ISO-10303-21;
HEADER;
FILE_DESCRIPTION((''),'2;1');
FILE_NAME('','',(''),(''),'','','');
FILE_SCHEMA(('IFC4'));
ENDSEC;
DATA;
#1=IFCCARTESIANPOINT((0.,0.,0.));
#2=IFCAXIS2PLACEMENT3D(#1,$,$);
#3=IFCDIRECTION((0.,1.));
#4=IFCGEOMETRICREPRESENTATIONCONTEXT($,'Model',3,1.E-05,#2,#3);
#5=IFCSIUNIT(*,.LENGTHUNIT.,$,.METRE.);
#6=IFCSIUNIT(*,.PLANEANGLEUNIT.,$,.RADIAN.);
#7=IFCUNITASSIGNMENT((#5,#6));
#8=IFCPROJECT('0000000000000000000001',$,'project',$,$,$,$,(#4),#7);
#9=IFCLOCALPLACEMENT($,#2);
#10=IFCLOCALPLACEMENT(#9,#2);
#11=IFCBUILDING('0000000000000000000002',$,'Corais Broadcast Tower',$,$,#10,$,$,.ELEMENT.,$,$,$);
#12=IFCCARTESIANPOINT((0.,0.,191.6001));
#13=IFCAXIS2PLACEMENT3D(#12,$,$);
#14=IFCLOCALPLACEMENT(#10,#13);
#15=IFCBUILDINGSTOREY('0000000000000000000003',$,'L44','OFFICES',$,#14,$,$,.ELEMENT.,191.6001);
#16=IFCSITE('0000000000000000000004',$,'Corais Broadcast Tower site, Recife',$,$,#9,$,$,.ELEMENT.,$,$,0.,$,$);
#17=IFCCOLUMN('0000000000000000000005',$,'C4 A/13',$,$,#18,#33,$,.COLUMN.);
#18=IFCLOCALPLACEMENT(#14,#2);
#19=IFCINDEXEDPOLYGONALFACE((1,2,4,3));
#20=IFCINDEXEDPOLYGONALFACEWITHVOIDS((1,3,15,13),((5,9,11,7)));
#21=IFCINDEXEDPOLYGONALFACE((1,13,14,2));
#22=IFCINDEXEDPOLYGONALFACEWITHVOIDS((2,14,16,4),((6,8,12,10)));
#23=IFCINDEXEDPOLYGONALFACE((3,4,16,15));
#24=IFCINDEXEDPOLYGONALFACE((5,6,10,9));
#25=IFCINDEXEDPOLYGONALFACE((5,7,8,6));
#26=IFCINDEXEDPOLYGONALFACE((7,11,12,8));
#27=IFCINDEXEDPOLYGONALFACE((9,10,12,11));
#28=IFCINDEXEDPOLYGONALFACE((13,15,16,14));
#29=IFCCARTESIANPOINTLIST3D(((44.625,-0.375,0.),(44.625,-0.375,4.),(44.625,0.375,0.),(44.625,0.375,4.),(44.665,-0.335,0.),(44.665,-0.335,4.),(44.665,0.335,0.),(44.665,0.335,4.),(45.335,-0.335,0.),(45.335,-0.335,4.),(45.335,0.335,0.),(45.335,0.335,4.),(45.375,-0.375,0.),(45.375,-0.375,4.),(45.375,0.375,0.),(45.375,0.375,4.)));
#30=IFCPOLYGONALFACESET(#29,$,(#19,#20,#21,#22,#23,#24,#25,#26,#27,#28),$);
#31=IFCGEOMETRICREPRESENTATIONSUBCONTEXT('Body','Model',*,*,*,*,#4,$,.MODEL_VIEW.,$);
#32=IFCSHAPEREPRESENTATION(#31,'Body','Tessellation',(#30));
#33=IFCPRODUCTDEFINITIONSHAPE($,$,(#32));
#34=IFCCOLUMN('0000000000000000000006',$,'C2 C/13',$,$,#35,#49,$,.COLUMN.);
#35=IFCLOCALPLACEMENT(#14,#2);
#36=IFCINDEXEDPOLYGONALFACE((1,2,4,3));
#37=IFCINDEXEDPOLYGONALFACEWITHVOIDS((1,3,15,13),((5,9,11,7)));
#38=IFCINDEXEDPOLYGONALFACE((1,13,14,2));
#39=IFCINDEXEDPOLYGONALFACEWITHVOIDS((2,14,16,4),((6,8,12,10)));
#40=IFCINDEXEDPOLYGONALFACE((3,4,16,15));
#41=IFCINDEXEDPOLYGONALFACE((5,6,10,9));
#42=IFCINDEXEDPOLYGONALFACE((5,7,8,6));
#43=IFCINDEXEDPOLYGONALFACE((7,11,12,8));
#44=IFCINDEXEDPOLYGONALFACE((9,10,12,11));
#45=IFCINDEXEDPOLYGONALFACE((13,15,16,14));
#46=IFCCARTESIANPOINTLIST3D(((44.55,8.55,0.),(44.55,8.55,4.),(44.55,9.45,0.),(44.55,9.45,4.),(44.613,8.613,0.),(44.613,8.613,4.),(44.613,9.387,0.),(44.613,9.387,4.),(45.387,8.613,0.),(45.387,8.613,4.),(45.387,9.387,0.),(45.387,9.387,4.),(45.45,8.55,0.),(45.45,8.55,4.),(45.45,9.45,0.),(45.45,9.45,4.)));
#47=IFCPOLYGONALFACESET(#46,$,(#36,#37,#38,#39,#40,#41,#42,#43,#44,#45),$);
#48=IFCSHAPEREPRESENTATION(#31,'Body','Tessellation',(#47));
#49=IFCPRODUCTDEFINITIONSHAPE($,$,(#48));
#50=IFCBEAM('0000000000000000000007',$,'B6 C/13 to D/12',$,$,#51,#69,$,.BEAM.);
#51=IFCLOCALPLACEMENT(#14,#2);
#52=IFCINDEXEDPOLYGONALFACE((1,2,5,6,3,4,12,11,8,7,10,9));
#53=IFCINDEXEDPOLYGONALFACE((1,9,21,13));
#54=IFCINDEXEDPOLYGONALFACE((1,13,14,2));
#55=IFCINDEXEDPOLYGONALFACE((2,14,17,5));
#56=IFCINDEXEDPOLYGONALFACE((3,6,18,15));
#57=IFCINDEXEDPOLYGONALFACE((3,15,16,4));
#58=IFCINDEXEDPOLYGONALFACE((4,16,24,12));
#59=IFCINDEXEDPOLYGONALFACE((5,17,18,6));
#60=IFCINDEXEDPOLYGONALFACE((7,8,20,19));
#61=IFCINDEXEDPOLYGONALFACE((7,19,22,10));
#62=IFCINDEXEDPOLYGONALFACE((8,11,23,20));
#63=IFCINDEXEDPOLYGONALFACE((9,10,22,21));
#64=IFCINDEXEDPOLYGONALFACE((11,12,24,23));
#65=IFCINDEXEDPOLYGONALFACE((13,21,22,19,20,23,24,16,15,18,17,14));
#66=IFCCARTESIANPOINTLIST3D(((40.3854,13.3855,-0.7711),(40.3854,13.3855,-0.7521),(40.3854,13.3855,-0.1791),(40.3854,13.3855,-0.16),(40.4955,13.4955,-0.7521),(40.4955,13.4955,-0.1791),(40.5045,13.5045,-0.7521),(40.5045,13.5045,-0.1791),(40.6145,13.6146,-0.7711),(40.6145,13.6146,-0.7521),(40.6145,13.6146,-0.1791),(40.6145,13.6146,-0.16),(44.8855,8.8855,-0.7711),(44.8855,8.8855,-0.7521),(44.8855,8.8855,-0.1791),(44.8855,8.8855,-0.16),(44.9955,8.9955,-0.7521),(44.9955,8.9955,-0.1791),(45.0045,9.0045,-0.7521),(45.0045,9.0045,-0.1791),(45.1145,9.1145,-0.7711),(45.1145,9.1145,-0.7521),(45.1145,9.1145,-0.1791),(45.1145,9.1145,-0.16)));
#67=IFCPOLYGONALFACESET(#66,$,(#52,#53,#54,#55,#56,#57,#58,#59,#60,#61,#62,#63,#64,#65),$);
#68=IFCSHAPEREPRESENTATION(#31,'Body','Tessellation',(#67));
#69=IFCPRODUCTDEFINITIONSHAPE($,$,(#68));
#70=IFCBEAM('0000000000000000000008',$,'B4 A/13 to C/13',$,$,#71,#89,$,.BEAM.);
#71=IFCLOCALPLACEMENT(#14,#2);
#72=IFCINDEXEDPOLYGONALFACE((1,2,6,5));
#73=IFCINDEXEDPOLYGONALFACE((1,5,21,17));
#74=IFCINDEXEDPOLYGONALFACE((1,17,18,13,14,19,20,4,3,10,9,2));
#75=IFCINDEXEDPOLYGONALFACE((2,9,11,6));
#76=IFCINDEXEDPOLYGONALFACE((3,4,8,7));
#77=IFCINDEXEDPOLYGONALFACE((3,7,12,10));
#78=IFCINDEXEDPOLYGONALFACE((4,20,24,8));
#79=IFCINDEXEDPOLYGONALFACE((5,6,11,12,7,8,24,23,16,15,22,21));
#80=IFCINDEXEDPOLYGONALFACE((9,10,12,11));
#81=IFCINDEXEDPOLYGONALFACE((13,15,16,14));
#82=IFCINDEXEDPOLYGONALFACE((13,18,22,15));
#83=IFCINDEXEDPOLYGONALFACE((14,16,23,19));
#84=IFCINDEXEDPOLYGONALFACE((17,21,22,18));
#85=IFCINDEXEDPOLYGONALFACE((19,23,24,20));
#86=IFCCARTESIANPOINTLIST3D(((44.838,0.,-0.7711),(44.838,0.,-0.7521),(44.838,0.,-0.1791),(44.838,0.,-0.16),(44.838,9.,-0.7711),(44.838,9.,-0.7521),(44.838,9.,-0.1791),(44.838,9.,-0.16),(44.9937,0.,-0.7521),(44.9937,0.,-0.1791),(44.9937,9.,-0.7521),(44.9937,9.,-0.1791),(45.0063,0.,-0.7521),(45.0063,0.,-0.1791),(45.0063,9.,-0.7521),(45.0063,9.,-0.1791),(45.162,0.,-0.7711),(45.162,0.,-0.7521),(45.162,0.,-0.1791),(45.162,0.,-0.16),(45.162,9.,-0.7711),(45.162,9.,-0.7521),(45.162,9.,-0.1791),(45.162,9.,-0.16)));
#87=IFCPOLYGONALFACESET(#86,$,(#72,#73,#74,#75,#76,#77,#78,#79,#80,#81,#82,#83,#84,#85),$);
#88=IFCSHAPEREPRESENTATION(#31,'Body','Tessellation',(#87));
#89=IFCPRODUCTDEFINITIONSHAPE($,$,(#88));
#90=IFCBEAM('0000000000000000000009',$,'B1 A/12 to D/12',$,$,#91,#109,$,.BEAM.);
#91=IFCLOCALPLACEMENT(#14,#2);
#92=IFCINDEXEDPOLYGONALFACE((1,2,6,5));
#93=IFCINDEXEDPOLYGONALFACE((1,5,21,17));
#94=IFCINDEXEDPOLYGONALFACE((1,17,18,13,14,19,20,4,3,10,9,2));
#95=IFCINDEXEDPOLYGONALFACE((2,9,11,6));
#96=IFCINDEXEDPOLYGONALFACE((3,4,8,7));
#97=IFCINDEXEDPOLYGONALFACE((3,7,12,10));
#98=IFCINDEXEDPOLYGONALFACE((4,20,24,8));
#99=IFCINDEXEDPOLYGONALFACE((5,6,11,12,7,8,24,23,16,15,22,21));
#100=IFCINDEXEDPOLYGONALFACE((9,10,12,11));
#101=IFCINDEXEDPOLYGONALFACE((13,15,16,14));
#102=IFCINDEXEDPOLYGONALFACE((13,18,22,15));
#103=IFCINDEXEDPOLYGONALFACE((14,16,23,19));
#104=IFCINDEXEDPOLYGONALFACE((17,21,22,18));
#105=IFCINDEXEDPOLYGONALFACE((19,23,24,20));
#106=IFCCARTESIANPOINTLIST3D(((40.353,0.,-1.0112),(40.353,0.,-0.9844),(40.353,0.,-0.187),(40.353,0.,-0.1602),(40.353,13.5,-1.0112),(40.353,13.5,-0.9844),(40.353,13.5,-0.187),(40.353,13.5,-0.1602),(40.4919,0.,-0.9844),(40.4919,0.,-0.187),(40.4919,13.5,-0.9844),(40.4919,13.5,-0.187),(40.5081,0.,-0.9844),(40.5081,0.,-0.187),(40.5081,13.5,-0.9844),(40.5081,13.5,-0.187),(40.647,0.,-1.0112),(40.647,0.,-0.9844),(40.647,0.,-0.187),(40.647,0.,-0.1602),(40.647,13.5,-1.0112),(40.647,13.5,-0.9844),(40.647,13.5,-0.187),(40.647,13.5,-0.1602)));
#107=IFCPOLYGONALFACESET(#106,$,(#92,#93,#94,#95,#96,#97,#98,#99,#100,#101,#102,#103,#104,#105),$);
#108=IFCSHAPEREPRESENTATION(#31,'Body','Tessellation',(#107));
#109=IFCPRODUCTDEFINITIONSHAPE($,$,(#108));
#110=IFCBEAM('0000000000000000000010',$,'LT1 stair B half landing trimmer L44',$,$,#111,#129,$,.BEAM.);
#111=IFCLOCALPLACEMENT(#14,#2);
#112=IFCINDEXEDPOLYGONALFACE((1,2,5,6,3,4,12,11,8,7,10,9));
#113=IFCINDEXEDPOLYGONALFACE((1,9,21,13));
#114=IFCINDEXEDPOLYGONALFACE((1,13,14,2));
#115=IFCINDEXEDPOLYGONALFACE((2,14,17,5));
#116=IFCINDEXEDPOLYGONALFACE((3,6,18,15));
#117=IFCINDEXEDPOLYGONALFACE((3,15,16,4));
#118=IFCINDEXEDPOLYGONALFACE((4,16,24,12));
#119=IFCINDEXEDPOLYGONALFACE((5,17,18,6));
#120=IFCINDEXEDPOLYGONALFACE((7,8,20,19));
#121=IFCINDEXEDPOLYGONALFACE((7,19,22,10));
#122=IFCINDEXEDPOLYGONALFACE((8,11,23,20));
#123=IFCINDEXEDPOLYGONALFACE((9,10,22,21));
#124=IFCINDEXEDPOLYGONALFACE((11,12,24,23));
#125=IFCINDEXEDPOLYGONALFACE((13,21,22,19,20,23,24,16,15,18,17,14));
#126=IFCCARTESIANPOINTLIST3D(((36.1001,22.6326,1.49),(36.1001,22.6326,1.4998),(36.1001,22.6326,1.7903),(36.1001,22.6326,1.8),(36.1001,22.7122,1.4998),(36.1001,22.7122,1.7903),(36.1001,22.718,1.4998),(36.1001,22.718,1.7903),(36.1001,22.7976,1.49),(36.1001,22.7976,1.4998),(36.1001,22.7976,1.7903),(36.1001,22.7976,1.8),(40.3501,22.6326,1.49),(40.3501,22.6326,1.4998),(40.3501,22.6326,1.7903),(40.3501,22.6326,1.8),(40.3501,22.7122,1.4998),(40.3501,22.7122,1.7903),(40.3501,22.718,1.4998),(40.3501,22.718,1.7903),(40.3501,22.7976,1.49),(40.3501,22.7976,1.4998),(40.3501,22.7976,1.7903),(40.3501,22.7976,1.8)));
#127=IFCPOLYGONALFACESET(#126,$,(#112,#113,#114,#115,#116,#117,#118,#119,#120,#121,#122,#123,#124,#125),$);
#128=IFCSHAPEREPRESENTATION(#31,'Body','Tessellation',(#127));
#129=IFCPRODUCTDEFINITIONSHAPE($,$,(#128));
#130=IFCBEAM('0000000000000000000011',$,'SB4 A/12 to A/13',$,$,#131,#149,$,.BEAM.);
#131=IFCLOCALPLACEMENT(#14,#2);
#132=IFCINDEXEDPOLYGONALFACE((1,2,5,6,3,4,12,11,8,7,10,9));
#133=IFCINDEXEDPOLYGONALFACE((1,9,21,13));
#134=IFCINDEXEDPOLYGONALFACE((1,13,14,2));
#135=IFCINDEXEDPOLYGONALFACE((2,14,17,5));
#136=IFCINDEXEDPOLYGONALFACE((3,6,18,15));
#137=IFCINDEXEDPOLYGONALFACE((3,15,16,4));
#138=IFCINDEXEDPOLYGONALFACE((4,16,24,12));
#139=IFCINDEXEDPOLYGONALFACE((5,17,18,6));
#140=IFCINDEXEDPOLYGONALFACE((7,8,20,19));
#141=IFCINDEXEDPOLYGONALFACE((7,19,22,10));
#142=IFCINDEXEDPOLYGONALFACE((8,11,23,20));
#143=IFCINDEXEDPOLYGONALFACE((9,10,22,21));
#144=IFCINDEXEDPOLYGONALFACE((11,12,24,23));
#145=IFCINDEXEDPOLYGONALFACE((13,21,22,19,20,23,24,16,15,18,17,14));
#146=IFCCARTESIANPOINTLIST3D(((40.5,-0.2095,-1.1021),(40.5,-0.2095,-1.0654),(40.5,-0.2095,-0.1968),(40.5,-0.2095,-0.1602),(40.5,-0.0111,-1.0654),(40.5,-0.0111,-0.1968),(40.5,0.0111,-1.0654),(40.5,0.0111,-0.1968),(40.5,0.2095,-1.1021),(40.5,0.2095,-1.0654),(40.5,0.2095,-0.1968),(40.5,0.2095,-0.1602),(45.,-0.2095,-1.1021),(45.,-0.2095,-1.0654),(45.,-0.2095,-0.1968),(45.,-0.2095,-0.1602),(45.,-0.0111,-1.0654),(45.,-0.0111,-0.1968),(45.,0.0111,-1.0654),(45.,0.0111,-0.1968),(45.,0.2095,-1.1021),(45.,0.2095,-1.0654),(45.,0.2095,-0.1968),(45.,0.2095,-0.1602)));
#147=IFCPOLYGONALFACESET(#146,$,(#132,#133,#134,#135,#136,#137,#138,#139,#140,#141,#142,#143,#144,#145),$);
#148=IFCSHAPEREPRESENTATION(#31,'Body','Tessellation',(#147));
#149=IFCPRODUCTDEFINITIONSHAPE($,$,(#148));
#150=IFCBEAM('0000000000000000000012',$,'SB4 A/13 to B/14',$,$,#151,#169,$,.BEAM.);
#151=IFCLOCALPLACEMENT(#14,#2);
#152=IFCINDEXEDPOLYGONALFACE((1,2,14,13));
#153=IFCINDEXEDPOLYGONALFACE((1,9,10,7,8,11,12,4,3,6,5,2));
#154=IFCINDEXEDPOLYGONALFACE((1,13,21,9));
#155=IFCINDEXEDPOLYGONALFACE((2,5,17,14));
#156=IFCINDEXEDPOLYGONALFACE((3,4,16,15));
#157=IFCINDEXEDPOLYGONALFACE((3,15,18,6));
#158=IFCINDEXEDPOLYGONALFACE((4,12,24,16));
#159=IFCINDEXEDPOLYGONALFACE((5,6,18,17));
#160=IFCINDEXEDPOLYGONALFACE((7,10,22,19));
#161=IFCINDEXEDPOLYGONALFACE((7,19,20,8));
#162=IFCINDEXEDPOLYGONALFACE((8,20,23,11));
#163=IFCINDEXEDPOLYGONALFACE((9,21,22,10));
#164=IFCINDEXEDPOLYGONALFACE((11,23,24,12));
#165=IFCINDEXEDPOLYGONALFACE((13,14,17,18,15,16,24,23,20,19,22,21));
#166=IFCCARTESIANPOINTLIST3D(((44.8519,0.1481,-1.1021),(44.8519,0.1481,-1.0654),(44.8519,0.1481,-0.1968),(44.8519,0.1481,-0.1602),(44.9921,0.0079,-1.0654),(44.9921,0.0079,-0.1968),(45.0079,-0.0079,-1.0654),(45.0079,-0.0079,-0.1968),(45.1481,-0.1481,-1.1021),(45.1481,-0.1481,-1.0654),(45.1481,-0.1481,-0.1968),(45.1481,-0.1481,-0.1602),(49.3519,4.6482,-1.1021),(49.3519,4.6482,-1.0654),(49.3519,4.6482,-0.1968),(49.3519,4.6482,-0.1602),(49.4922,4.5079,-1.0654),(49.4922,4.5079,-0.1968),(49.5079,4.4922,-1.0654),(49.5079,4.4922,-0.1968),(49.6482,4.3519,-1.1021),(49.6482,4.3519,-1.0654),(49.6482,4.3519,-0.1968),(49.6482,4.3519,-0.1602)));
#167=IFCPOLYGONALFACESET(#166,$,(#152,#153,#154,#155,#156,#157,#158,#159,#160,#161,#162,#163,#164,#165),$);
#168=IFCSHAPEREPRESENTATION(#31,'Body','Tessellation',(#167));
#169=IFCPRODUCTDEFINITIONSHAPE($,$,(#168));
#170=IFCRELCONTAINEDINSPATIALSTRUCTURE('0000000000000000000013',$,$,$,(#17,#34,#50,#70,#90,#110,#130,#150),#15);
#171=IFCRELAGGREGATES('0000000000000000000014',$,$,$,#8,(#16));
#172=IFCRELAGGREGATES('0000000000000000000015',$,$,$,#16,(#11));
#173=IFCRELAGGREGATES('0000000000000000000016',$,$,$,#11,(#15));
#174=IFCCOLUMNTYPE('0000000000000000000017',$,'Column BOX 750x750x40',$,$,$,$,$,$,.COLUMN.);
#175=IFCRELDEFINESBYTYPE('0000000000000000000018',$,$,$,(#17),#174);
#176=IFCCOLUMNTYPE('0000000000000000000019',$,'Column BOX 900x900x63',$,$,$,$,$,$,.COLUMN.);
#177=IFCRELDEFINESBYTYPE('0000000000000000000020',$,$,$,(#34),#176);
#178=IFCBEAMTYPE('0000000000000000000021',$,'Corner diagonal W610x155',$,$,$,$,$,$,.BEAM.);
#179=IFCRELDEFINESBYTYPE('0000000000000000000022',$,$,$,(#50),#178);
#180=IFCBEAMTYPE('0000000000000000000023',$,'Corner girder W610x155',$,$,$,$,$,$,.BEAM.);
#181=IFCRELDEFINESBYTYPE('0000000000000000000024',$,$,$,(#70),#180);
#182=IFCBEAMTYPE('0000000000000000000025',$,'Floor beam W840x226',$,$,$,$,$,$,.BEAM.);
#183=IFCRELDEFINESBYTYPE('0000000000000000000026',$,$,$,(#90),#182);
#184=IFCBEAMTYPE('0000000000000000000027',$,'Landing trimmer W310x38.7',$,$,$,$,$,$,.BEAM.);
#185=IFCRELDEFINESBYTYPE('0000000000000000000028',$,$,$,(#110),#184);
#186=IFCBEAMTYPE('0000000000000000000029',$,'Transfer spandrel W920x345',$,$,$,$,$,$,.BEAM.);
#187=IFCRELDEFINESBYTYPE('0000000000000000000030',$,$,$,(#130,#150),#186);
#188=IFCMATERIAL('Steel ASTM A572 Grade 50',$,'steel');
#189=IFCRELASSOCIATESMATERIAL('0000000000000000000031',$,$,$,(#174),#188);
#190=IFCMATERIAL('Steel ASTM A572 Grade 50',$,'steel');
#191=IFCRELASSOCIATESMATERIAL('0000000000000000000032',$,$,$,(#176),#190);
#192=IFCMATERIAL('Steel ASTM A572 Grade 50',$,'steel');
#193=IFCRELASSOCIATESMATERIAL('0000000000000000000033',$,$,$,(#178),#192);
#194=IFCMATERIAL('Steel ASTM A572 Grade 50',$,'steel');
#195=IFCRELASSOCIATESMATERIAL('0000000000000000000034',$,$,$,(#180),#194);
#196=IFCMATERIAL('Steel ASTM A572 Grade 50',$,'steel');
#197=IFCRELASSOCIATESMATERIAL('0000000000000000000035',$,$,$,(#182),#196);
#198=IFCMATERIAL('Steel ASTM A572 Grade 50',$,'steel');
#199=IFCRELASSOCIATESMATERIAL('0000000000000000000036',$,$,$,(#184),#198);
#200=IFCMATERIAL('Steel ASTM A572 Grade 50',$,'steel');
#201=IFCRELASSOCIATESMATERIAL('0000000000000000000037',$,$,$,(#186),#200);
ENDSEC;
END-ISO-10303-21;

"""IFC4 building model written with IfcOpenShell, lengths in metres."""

from ifc_helpers import new_model, si_unit, direction, frame, origin, origin_2d, place, context, subcontext, project, spatial, hollow_rectangle, i_section, extrude, material, material_profile, profile_set, type_object, element, save


model = new_model("IFC4")

# Units and contexts
model_context = context("Model", 3, precision=1e-05, world=origin(), true_north=direction((0.0, 1.0)))
body_context = subcontext(model_context, "Body", "Model", "MODEL_VIEW")
ifc_project = project(units=[si_unit("LENGTHUNIT", "METRE"), si_unit("PLANEANGLEUNIT", "RADIAN")], contexts=[model_context])

# Site, building, storey
site_placement = place(None, origin())
site = spatial("IfcSite", under=ifc_project, at=site_placement, Name="Corais Broadcast Tower site, Recife", CompositionType="ELEMENT", RefElevation=0.0)
building_placement = place(site_placement, origin())
building = spatial("IfcBuilding", under=site, at=building_placement, Name="Corais Broadcast Tower", CompositionType="ELEMENT")
storey_placement = place(building_placement, frame((0.0, 0.0, 191.6001)))
storey = spatial("IfcBuildingStorey", under=building, at=storey_placement, Name="L44", Description="OFFICES", CompositionType="ELEMENT", Elevation=191.6001)

# Columns
ifc_material_1 = material(Name="Steel ASTM A572 Grade 50", Category="steel")
ifc_material_profile_1 = material_profile(ifc_material_1, hollow_rectangle(XDim=0.75, YDim=0.75, WallThickness=0.04, at=origin_2d()), Name="BOX 750x750x40")
ifc_profile_set_1 = profile_set([ifc_material_profile_1], Name="Steel ASTM A572 Grade 50")
column_type_1 = type_object("IfcColumnType", Name="Column BOX 750x750x40", PredefinedType="COLUMN", material=ifc_profile_set_1)
column_1_placement = place(storey_placement, frame((45.0, 0.0, 0.0), z_axis=(0.0, 0.0, 1.0), x_axis=(1.0, 0.0, 0.0)))
element("IfcColumn", 1, at=column_1_placement, inside=storey, type_object=column_type_1, Name="C4 A/13", PredefinedType="COLUMN", context=body_context, shape_type="SweptSolid", body=[
    extrude(hollow_rectangle(XDim=0.75, YDim=0.75, WallThickness=0.04, at=origin_2d()), origin(), (0.0, 0.0, 1.0), 4.0),
])
ifc_material_2 = material(Name="Steel ASTM A572 Grade 50", Category="steel")
ifc_material_profile_2 = material_profile(ifc_material_2, hollow_rectangle(XDim=0.8999, YDim=0.8999, WallThickness=0.063, at=origin_2d()), Name="BOX 900x900x63")
ifc_profile_set_2 = profile_set([ifc_material_profile_2], Name="Steel ASTM A572 Grade 50")
column_type_2 = type_object("IfcColumnType", Name="Column BOX 900x900x63", PredefinedType="COLUMN", material=ifc_profile_set_2)
column_2_placement = place(storey_placement, frame((45.0, 9.0, 0.0), z_axis=(0.0, 0.0, 1.0), x_axis=(1.0, 0.0, 0.0)))
element("IfcColumn", 2, at=column_2_placement, inside=storey, type_object=column_type_2, Name="C2 C/13", PredefinedType="COLUMN", context=body_context, shape_type="SweptSolid", body=[
    extrude(hollow_rectangle(XDim=0.8999, YDim=0.8999, WallThickness=0.063, at=origin_2d()), origin(), (0.0, 0.0, 1.0), 4.0),
])

# Beams
ifc_material_3 = material(Name="Steel ASTM A572 Grade 50", Category="steel")
ifc_material_profile_3 = material_profile(ifc_material_3, i_section(OverallWidth=0.324, OverallDepth=0.6111, WebThickness=0.0127, FlangeThickness=0.019, at=origin_2d()), Name="W610x155")
ifc_profile_set_3 = profile_set([ifc_material_profile_3], Name="Steel ASTM A572 Grade 50")
beam_type_1 = type_object("IfcBeamType", Name="Corner diagonal W610x155", PredefinedType="BEAM", material=ifc_profile_set_3)
beam_1_placement = place(storey_placement, frame((45.0, 9.0, -0.4656), z_axis=(-0.707107, 0.707107, 0.0), x_axis=(-0.707107, -0.707107, 0.0)))
element("IfcBeam", 3, at=beam_1_placement, inside=storey, type_object=beam_type_1, Name="B6 C/13 to D/12", PredefinedType="BEAM", context=body_context, shape_type="SweptSolid", body=[
    extrude(i_section(OverallWidth=0.324, OverallDepth=0.6111, WebThickness=0.0127, FlangeThickness=0.019, at=origin_2d()), origin(), (0.0, 0.0, 1.0), 6.364),
])
ifc_material_4 = material(Name="Steel ASTM A572 Grade 50", Category="steel")
ifc_material_profile_4 = material_profile(ifc_material_4, i_section(OverallWidth=0.324, OverallDepth=0.6111, WebThickness=0.0127, FlangeThickness=0.019, at=origin_2d()), Name="W610x155")
ifc_profile_set_4 = profile_set([ifc_material_profile_4], Name="Steel ASTM A572 Grade 50")
beam_type_2 = type_object("IfcBeamType", Name="Corner girder W610x155", PredefinedType="BEAM", material=ifc_profile_set_4)
beam_2_placement = place(storey_placement, frame((45.0, 0.0, -0.4656), z_axis=(0.0, 1.0, 0.0), x_axis=(-1.0, 0.0, 0.0)))
element("IfcBeam", 4, at=beam_2_placement, inside=storey, type_object=beam_type_2, Name="B4 A/13 to C/13", PredefinedType="BEAM", context=body_context, shape_type="SweptSolid", body=[
    extrude(i_section(OverallWidth=0.324, OverallDepth=0.6111, WebThickness=0.0127, FlangeThickness=0.019, at=origin_2d()), origin(), (0.0, 0.0, 1.0), 9.0),
])
ifc_material_5 = material(Name="Steel ASTM A572 Grade 50", Category="steel")
ifc_material_profile_5 = material_profile(ifc_material_5, i_section(OverallWidth=0.2939, OverallDepth=0.8511, WebThickness=0.0161, FlangeThickness=0.0269, at=origin_2d()), Name="W840x226")
ifc_profile_set_5 = profile_set([ifc_material_profile_5], Name="Steel ASTM A572 Grade 50")
beam_type_3 = type_object("IfcBeamType", Name="Floor beam W840x226", PredefinedType="BEAM", material=ifc_profile_set_5)
beam_3_placement = place(storey_placement, frame((40.5, 0.0, -0.5857), z_axis=(0.0, 1.0, 0.0), x_axis=(-1.0, 0.0, 0.0)))
element("IfcBeam", 5, at=beam_3_placement, inside=storey, type_object=beam_type_3, Name="B1 A/12 to D/12", PredefinedType="BEAM", context=body_context, shape_type="SweptSolid", body=[
    extrude(i_section(OverallWidth=0.2939, OverallDepth=0.8511, WebThickness=0.0161, FlangeThickness=0.0269, at=origin_2d()), origin(), (0.0, 0.0, 1.0), 13.5),
])
ifc_material_6 = material(Name="Steel ASTM A572 Grade 50", Category="steel")
ifc_material_profile_6 = material_profile(ifc_material_6, i_section(OverallWidth=0.165, OverallDepth=0.3101, WebThickness=0.0059, FlangeThickness=0.0098, at=origin_2d()), Name="W310x38.7")
ifc_profile_set_6 = profile_set([ifc_material_profile_6], Name="Steel ASTM A572 Grade 50")
beam_type_4 = type_object("IfcBeamType", Name="Landing trimmer W310x38.7", PredefinedType="BEAM", material=ifc_profile_set_6)
beam_4_placement = place(storey_placement, frame((36.1001, 22.7151, 1.645), z_axis=(1.0, 0.0, 0.0), x_axis=(0.0, 1.0, 0.0)))
element("IfcBeam", 6, at=beam_4_placement, inside=storey, type_object=beam_type_4, Name="LT1 stair B half landing trimmer L44", PredefinedType="BEAM", context=body_context, shape_type="SweptSolid", body=[
    extrude(i_section(OverallWidth=0.165, OverallDepth=0.3101, WebThickness=0.0059, FlangeThickness=0.0098, at=origin_2d()), origin(), (0.0, 0.0, 1.0), 4.25),
])
ifc_material_7 = material(Name="Steel ASTM A572 Grade 50", Category="steel")
ifc_material_profile_7 = material_profile(ifc_material_7, i_section(OverallWidth=0.4189, OverallDepth=0.9419, WebThickness=0.0222, FlangeThickness=0.0366, at=origin_2d()), Name="W920x345")
ifc_profile_set_7 = profile_set([ifc_material_profile_7], Name="Steel ASTM A572 Grade 50")
beam_type_5 = type_object("IfcBeamType", Name="Transfer spandrel W920x345", PredefinedType="BEAM", material=ifc_profile_set_7)
beam_5_placement = place(storey_placement, frame((40.5, 0.0, -0.6311), z_axis=(1.0, 0.0, 0.0), x_axis=(0.0, 1.0, 0.0)))
element("IfcBeam", 7, at=beam_5_placement, inside=storey, type_object=beam_type_5, Name="SB4 A/12 to A/13", PredefinedType="BEAM", context=body_context, shape_type="SweptSolid", body=[
    extrude(i_section(OverallWidth=0.4189, OverallDepth=0.9419, WebThickness=0.0222, FlangeThickness=0.0366, at=origin_2d()), origin(), (0.0, 0.0, 1.0), 4.5),
])
beam_6_placement = place(storey_placement, frame((45.0, 0.0, -0.6311), z_axis=(0.707107, 0.707107, 0.0), x_axis=(-0.707107, 0.707107, 0.0)))
element("IfcBeam", 8, at=beam_6_placement, inside=storey, type_object=beam_type_5, Name="SB4 A/13 to B/14", PredefinedType="BEAM", context=body_context, shape_type="SweptSolid", body=[
    extrude(i_section(OverallWidth=0.4189, OverallDepth=0.9419, WebThickness=0.0222, FlangeThickness=0.0366, at=origin_2d()), origin(), (0.0, 0.0, 1.0), 6.364),
])

save(model, "model.ifc")
